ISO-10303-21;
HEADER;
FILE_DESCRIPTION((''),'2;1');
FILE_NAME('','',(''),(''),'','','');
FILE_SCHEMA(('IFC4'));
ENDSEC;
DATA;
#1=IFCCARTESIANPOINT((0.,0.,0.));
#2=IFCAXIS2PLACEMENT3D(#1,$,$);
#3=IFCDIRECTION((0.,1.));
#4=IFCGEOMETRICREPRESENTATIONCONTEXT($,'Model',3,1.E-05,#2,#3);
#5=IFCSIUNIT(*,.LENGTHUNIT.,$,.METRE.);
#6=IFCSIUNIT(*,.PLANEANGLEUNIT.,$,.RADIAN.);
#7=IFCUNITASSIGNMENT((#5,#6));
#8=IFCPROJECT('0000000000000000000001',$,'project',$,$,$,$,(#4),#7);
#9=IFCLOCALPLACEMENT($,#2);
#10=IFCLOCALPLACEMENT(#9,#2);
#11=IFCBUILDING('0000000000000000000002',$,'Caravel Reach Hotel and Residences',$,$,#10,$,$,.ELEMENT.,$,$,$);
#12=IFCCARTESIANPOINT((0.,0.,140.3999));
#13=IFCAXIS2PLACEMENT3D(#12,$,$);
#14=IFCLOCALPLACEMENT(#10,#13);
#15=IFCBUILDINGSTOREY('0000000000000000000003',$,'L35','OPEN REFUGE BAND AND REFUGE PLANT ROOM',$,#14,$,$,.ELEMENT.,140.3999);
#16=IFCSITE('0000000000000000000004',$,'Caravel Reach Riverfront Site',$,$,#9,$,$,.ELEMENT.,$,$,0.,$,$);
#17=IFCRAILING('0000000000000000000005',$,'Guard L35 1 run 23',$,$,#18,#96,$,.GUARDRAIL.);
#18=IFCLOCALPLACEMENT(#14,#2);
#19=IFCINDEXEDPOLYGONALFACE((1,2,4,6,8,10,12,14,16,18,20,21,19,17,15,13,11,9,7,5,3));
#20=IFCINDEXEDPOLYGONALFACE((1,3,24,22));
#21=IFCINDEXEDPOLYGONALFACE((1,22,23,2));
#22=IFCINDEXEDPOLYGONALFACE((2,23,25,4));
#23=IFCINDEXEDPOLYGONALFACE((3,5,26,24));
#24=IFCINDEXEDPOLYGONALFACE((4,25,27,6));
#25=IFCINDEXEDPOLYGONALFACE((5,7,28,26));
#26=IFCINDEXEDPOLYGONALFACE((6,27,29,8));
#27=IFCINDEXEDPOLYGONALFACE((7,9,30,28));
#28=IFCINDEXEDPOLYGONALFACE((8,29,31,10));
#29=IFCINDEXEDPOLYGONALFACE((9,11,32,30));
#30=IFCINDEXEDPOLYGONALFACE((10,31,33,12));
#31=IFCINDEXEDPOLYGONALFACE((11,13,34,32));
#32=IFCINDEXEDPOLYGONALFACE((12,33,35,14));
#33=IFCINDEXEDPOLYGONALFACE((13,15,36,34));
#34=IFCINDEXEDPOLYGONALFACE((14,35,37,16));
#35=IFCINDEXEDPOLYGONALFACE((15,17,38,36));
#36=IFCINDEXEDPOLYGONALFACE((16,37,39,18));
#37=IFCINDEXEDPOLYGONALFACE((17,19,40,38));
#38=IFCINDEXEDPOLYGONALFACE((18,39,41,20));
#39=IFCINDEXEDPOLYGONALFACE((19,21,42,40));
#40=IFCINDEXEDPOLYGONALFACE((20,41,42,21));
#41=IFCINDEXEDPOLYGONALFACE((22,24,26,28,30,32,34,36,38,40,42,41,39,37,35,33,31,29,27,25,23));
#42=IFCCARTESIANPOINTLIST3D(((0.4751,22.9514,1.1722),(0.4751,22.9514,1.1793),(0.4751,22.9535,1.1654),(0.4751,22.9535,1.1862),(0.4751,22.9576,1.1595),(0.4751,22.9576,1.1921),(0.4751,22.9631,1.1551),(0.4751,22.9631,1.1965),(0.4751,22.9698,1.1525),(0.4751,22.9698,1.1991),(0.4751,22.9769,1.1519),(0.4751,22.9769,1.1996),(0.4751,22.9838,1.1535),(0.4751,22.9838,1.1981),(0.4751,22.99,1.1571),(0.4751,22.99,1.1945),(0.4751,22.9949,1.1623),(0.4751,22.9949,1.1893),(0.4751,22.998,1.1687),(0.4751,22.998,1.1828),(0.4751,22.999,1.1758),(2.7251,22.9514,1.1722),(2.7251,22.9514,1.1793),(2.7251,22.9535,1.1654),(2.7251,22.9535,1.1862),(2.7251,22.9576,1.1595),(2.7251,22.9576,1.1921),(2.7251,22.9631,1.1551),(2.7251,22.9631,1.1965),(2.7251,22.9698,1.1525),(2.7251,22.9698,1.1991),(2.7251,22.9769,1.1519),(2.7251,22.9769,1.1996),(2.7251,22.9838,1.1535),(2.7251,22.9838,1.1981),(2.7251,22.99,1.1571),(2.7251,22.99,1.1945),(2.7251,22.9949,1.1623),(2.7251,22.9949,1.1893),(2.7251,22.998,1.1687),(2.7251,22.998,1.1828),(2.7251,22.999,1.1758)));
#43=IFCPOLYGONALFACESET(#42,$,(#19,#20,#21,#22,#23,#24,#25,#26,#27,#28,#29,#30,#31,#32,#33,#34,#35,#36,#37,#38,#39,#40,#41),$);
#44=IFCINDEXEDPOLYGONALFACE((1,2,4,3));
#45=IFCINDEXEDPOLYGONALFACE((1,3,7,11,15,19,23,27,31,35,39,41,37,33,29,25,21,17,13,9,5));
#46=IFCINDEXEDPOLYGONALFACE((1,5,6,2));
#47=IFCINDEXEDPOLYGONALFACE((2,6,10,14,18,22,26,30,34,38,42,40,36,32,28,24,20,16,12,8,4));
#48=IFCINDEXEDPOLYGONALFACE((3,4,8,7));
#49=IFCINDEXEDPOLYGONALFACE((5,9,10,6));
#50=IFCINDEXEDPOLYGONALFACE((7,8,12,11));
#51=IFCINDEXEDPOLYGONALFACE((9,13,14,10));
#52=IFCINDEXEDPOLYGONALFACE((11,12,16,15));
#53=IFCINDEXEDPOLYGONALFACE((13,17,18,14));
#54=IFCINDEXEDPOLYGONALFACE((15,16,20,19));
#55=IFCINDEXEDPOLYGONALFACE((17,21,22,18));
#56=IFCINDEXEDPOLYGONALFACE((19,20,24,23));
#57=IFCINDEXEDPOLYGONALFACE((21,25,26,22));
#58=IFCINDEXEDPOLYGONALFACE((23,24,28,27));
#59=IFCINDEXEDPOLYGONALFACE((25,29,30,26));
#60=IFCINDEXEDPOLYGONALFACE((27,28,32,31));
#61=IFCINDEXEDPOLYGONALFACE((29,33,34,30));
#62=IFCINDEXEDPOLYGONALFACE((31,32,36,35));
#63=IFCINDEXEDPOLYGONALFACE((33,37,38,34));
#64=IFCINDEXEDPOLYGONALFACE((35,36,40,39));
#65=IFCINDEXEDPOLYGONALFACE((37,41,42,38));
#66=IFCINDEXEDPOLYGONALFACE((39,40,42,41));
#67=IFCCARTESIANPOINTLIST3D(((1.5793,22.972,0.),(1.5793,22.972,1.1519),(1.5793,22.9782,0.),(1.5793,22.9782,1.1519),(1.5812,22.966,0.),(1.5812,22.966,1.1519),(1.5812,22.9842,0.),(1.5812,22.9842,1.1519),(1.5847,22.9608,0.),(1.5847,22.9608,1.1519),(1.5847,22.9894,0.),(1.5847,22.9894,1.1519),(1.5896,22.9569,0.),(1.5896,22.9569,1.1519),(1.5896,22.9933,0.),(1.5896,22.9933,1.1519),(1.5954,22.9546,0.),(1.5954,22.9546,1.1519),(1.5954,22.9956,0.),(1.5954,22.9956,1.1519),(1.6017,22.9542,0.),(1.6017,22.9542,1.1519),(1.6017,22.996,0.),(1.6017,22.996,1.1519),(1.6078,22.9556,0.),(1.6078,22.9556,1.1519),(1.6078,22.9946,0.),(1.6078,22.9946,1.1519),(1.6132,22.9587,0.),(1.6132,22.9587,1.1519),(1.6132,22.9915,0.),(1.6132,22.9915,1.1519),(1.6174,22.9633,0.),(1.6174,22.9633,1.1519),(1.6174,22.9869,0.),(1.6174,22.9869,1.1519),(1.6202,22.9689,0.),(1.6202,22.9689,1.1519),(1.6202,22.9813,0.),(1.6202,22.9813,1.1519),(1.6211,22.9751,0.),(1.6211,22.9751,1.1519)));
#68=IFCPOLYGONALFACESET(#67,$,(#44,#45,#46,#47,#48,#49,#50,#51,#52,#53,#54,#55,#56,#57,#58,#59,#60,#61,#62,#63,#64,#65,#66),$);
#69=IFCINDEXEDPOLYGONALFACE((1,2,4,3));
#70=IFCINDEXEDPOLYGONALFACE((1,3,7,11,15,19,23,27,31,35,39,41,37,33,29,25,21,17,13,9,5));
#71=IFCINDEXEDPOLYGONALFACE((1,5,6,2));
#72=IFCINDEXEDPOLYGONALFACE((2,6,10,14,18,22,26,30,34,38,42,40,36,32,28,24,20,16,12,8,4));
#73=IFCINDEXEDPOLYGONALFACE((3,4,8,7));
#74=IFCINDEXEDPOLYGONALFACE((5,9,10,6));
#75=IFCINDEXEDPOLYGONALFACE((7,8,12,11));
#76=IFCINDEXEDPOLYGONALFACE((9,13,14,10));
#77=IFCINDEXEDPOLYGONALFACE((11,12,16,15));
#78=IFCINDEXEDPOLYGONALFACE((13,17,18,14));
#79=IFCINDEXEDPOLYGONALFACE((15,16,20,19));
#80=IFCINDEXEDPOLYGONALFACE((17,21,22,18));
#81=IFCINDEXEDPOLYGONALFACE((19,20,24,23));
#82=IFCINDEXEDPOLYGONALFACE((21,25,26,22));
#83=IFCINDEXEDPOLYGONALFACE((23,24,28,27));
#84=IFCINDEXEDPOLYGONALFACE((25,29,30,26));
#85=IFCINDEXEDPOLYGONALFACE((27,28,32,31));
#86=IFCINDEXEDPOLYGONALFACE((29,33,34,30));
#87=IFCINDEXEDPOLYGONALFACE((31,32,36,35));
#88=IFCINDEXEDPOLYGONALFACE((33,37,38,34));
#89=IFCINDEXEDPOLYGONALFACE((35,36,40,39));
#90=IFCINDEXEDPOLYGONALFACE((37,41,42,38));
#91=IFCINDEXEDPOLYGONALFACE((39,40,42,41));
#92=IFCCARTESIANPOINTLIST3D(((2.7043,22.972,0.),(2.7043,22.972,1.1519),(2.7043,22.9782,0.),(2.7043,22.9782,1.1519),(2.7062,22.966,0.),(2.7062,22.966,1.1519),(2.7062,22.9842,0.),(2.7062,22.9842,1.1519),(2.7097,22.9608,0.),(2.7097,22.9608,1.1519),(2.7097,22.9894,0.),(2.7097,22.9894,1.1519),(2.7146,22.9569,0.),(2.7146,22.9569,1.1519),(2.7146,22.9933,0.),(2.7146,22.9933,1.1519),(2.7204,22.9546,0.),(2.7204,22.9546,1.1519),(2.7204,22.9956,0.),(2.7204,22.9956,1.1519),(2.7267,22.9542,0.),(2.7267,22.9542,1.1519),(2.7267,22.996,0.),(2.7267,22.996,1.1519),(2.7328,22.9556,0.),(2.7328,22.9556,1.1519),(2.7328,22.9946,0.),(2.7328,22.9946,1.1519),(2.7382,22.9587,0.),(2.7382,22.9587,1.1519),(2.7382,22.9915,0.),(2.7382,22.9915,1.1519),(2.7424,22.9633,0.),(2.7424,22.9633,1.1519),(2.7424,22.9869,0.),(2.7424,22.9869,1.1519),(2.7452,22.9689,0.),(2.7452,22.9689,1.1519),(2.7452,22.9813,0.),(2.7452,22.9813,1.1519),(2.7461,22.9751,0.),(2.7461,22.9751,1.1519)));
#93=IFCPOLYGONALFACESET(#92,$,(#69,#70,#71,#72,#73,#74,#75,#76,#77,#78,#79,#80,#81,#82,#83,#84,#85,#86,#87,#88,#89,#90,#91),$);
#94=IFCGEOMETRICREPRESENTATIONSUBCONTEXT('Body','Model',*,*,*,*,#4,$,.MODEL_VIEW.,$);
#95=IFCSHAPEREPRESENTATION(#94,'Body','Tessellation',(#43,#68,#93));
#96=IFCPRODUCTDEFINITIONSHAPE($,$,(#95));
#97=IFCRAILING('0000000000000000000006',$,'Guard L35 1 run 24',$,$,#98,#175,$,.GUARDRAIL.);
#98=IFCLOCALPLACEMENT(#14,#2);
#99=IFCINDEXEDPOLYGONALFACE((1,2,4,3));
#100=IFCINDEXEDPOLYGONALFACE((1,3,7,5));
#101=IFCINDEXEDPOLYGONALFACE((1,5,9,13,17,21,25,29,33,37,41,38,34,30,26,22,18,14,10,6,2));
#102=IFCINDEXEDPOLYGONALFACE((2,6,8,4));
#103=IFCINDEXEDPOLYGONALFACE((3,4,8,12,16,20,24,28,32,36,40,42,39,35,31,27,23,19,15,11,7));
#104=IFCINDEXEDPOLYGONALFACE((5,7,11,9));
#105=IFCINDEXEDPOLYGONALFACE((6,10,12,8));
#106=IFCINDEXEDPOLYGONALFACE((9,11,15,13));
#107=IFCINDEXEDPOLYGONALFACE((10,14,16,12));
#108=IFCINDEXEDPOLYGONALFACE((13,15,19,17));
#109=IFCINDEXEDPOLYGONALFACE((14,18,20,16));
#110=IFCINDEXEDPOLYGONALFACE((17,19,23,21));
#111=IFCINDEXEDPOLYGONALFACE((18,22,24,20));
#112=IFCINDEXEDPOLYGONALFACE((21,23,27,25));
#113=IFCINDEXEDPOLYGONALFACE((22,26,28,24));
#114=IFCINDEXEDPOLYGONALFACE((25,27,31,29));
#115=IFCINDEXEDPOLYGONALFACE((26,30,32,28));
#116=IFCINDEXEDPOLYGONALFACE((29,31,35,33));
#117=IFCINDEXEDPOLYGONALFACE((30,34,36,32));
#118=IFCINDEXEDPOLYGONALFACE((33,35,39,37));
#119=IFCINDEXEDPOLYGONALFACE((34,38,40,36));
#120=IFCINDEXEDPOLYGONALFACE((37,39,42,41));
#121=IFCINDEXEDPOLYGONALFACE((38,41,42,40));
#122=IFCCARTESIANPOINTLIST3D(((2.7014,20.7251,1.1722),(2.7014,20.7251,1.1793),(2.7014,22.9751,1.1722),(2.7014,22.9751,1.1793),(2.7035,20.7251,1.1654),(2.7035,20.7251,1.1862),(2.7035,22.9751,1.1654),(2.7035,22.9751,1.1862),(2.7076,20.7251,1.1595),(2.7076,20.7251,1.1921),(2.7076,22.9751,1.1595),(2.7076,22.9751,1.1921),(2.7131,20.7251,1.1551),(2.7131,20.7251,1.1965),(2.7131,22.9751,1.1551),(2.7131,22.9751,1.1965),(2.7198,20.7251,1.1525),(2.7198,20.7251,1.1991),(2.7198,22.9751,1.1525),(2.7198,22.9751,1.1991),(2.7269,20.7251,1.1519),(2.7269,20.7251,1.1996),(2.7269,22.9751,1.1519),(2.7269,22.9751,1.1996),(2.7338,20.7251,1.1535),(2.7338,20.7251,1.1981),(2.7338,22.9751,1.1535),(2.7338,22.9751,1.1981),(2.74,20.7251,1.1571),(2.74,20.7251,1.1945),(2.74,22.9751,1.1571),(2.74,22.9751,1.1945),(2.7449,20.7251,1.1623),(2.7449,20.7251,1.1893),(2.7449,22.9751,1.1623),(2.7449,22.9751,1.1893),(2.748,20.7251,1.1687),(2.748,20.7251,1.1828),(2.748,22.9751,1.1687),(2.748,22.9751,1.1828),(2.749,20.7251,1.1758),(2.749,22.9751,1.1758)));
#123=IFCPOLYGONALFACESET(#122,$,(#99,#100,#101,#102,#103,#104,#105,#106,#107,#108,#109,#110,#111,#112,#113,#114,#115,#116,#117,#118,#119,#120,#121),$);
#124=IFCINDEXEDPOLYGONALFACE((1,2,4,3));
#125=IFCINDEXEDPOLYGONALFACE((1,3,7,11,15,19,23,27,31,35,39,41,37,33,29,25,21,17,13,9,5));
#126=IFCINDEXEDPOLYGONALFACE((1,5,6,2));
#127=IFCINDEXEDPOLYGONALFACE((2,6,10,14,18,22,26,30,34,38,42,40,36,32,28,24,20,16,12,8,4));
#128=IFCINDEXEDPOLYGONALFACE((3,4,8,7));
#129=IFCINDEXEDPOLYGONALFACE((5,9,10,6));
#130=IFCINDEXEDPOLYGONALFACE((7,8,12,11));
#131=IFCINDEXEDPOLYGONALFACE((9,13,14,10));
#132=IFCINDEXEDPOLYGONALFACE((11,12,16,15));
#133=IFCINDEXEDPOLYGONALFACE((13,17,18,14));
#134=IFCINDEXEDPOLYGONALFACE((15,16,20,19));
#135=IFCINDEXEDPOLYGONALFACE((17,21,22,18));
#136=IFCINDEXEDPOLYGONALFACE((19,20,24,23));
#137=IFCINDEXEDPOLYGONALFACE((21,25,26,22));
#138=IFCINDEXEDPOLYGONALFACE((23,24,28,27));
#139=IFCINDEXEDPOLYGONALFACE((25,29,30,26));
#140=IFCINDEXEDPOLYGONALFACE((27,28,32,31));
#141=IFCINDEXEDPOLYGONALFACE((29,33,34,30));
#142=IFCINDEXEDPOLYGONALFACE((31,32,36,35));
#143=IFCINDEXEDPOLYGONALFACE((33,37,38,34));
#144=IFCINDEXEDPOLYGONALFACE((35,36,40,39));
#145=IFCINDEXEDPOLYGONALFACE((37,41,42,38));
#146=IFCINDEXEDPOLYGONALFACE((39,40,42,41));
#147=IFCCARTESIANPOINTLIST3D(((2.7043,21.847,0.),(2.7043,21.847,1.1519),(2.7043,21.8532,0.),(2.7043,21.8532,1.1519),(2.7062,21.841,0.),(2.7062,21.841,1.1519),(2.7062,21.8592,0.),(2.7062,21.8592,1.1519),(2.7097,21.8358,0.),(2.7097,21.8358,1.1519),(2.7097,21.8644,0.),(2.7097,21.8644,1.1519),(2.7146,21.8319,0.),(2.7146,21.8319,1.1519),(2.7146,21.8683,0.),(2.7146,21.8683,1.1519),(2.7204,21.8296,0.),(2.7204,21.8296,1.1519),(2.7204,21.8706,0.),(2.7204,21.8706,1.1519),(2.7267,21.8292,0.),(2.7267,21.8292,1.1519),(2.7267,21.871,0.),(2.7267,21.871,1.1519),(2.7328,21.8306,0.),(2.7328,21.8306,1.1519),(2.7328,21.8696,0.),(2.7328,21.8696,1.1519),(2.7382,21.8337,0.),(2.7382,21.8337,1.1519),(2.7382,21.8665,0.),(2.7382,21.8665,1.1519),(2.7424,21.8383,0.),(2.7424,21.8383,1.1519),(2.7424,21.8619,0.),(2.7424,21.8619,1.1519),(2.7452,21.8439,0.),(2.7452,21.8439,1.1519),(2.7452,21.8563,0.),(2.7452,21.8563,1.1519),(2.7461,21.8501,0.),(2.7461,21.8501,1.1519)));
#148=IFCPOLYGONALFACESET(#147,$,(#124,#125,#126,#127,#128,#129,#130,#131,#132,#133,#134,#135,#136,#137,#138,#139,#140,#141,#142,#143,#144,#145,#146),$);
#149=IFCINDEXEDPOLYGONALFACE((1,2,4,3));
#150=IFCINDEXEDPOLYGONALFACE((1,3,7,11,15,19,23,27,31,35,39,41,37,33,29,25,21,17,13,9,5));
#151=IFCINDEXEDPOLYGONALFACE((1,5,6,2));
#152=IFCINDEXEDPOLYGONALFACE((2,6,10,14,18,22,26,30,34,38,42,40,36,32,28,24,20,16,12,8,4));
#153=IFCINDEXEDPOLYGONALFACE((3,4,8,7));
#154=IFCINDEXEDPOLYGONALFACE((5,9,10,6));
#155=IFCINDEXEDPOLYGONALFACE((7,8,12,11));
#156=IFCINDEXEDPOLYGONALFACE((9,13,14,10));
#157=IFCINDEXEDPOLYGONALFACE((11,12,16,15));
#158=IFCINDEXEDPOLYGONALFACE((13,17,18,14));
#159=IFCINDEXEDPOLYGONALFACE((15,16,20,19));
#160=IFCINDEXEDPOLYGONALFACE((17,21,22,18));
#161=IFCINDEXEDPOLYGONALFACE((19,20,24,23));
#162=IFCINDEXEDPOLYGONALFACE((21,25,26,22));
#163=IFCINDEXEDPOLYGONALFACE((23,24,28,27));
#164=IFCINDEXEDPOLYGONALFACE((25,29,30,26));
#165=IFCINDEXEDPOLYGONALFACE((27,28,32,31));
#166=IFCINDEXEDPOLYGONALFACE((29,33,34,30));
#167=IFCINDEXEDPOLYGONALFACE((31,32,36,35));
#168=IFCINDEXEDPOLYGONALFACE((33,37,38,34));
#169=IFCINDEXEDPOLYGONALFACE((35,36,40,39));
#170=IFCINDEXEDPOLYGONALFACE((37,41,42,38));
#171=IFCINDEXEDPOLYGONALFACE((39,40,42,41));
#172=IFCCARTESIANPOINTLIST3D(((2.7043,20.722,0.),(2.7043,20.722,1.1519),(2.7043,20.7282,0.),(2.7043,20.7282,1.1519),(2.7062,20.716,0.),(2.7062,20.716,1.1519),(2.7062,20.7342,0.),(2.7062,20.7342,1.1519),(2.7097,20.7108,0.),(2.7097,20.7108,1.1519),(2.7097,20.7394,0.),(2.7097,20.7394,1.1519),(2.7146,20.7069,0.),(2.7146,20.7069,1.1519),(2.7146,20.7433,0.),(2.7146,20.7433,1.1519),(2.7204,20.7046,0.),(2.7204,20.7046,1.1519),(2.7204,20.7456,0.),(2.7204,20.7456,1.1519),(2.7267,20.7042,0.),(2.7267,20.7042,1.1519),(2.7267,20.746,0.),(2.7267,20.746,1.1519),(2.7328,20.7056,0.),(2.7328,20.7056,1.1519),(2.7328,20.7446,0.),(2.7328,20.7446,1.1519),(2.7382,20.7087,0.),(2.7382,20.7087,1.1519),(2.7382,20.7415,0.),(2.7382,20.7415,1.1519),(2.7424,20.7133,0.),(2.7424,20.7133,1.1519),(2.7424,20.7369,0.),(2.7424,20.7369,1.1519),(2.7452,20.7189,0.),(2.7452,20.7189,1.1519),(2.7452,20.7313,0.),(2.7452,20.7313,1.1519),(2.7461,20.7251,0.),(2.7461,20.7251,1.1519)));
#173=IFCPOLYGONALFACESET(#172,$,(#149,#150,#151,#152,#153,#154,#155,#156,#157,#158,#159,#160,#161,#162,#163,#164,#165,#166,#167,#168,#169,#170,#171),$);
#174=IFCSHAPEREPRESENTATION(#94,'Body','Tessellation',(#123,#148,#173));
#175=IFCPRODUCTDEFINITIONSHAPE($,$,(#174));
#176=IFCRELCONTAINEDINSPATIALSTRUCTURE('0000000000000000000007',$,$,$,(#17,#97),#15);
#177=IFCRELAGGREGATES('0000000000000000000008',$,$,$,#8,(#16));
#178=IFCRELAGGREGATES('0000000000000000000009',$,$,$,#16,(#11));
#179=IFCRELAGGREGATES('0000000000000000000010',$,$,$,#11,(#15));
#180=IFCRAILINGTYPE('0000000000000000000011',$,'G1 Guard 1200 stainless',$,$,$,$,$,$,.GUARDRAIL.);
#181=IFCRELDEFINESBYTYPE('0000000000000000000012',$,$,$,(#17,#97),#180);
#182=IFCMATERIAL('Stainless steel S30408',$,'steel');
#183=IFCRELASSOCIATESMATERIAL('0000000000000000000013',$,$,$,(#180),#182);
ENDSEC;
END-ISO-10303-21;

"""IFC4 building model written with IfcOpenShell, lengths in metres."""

from ifc_helpers import new_model, si_unit, direction, frame, origin, origin_2d, place, context, subcontext, project, spatial, circle, extrude, material, type_object, element, save


model = new_model("IFC4")

# Units and contexts
model_context = context("Model", 3, precision=1e-05, world=origin(), true_north=direction((0.0, 1.0)))
body_context = subcontext(model_context, "Body", "Model", "MODEL_VIEW")
ifc_project = project(units=[si_unit("LENGTHUNIT", "METRE"), si_unit("PLANEANGLEUNIT", "RADIAN")], contexts=[model_context])

# Site, building, storey
site_placement = place(None, origin())
site = spatial("IfcSite", under=ifc_project, at=site_placement, Name="Caravel Reach Riverfront Site", CompositionType="ELEMENT", RefElevation=0.0)
building_placement = place(site_placement, origin())
building = spatial("IfcBuilding", under=site, at=building_placement, Name="Caravel Reach Hotel and Residences", CompositionType="ELEMENT")
storey_placement = place(building_placement, frame((0.0, 0.0, 140.3999)))
storey = spatial("IfcBuildingStorey", under=building, at=storey_placement, Name="L35", Description="OPEN REFUGE BAND AND REFUGE PLANT ROOM", CompositionType="ELEMENT", Elevation=140.3999)

# Railings
ifc_material_1 = material(Name="Stainless steel S30408", Category="steel")
railing_type = type_object("IfcRailingType", Name="G1 Guard 1200 stainless", PredefinedType="GUARDRAIL", material=ifc_material_1)
railing_1_placement = place(storey_placement, frame((0.4751, 22.9751, 0.0)))
element("IfcRailing", 1, at=railing_1_placement, inside=storey, type_object=railing_type, Name="Guard L35 1 run 23", PredefinedType="GUARDRAIL", context=body_context, shape_type="SweptSolid", body=[
    extrude(circle(Radius=0.0239, at=origin_2d()), frame((0.0, 0.0, 1.1758), z_axis=(1.0, 0.0, 0.0), x_axis=(0.0, 1.0, 0.0)), (0.0, 0.0, 1.0), 2.25),
    extrude(circle(Radius=0.021, at=origin_2d()), frame((1.125, 0.0, 0.0)), (0.0, 0.0, 1.0), 1.1519),
    extrude(circle(Radius=0.021, at=origin_2d()), frame((2.25, 0.0, 0.0)), (0.0, 0.0, 1.0), 1.1519),
])
railing_2_placement = place(storey_placement, frame((2.7251, 22.9751, 0.0)))
element("IfcRailing", 2, at=railing_2_placement, inside=storey, type_object=railing_type, Name="Guard L35 1 run 24", PredefinedType="GUARDRAIL", context=body_context, shape_type="SweptSolid", body=[
    extrude(circle(Radius=0.0239, at=origin_2d()), frame((0.0, 0.0, 1.1758), z_axis=(0.0, -1.0, 0.0), x_axis=(1.0, 0.0, 0.0)), (0.0, 0.0, 1.0), 2.25),
    extrude(circle(Radius=0.021, at=origin_2d()), frame((0.0, -1.125, 0.0)), (0.0, 0.0, 1.0), 1.1519),
    extrude(circle(Radius=0.021, at=origin_2d()), frame((0.0, -2.25, 0.0)), (0.0, 0.0, 1.0), 1.1519),
])

save(model, "model.ifc")
